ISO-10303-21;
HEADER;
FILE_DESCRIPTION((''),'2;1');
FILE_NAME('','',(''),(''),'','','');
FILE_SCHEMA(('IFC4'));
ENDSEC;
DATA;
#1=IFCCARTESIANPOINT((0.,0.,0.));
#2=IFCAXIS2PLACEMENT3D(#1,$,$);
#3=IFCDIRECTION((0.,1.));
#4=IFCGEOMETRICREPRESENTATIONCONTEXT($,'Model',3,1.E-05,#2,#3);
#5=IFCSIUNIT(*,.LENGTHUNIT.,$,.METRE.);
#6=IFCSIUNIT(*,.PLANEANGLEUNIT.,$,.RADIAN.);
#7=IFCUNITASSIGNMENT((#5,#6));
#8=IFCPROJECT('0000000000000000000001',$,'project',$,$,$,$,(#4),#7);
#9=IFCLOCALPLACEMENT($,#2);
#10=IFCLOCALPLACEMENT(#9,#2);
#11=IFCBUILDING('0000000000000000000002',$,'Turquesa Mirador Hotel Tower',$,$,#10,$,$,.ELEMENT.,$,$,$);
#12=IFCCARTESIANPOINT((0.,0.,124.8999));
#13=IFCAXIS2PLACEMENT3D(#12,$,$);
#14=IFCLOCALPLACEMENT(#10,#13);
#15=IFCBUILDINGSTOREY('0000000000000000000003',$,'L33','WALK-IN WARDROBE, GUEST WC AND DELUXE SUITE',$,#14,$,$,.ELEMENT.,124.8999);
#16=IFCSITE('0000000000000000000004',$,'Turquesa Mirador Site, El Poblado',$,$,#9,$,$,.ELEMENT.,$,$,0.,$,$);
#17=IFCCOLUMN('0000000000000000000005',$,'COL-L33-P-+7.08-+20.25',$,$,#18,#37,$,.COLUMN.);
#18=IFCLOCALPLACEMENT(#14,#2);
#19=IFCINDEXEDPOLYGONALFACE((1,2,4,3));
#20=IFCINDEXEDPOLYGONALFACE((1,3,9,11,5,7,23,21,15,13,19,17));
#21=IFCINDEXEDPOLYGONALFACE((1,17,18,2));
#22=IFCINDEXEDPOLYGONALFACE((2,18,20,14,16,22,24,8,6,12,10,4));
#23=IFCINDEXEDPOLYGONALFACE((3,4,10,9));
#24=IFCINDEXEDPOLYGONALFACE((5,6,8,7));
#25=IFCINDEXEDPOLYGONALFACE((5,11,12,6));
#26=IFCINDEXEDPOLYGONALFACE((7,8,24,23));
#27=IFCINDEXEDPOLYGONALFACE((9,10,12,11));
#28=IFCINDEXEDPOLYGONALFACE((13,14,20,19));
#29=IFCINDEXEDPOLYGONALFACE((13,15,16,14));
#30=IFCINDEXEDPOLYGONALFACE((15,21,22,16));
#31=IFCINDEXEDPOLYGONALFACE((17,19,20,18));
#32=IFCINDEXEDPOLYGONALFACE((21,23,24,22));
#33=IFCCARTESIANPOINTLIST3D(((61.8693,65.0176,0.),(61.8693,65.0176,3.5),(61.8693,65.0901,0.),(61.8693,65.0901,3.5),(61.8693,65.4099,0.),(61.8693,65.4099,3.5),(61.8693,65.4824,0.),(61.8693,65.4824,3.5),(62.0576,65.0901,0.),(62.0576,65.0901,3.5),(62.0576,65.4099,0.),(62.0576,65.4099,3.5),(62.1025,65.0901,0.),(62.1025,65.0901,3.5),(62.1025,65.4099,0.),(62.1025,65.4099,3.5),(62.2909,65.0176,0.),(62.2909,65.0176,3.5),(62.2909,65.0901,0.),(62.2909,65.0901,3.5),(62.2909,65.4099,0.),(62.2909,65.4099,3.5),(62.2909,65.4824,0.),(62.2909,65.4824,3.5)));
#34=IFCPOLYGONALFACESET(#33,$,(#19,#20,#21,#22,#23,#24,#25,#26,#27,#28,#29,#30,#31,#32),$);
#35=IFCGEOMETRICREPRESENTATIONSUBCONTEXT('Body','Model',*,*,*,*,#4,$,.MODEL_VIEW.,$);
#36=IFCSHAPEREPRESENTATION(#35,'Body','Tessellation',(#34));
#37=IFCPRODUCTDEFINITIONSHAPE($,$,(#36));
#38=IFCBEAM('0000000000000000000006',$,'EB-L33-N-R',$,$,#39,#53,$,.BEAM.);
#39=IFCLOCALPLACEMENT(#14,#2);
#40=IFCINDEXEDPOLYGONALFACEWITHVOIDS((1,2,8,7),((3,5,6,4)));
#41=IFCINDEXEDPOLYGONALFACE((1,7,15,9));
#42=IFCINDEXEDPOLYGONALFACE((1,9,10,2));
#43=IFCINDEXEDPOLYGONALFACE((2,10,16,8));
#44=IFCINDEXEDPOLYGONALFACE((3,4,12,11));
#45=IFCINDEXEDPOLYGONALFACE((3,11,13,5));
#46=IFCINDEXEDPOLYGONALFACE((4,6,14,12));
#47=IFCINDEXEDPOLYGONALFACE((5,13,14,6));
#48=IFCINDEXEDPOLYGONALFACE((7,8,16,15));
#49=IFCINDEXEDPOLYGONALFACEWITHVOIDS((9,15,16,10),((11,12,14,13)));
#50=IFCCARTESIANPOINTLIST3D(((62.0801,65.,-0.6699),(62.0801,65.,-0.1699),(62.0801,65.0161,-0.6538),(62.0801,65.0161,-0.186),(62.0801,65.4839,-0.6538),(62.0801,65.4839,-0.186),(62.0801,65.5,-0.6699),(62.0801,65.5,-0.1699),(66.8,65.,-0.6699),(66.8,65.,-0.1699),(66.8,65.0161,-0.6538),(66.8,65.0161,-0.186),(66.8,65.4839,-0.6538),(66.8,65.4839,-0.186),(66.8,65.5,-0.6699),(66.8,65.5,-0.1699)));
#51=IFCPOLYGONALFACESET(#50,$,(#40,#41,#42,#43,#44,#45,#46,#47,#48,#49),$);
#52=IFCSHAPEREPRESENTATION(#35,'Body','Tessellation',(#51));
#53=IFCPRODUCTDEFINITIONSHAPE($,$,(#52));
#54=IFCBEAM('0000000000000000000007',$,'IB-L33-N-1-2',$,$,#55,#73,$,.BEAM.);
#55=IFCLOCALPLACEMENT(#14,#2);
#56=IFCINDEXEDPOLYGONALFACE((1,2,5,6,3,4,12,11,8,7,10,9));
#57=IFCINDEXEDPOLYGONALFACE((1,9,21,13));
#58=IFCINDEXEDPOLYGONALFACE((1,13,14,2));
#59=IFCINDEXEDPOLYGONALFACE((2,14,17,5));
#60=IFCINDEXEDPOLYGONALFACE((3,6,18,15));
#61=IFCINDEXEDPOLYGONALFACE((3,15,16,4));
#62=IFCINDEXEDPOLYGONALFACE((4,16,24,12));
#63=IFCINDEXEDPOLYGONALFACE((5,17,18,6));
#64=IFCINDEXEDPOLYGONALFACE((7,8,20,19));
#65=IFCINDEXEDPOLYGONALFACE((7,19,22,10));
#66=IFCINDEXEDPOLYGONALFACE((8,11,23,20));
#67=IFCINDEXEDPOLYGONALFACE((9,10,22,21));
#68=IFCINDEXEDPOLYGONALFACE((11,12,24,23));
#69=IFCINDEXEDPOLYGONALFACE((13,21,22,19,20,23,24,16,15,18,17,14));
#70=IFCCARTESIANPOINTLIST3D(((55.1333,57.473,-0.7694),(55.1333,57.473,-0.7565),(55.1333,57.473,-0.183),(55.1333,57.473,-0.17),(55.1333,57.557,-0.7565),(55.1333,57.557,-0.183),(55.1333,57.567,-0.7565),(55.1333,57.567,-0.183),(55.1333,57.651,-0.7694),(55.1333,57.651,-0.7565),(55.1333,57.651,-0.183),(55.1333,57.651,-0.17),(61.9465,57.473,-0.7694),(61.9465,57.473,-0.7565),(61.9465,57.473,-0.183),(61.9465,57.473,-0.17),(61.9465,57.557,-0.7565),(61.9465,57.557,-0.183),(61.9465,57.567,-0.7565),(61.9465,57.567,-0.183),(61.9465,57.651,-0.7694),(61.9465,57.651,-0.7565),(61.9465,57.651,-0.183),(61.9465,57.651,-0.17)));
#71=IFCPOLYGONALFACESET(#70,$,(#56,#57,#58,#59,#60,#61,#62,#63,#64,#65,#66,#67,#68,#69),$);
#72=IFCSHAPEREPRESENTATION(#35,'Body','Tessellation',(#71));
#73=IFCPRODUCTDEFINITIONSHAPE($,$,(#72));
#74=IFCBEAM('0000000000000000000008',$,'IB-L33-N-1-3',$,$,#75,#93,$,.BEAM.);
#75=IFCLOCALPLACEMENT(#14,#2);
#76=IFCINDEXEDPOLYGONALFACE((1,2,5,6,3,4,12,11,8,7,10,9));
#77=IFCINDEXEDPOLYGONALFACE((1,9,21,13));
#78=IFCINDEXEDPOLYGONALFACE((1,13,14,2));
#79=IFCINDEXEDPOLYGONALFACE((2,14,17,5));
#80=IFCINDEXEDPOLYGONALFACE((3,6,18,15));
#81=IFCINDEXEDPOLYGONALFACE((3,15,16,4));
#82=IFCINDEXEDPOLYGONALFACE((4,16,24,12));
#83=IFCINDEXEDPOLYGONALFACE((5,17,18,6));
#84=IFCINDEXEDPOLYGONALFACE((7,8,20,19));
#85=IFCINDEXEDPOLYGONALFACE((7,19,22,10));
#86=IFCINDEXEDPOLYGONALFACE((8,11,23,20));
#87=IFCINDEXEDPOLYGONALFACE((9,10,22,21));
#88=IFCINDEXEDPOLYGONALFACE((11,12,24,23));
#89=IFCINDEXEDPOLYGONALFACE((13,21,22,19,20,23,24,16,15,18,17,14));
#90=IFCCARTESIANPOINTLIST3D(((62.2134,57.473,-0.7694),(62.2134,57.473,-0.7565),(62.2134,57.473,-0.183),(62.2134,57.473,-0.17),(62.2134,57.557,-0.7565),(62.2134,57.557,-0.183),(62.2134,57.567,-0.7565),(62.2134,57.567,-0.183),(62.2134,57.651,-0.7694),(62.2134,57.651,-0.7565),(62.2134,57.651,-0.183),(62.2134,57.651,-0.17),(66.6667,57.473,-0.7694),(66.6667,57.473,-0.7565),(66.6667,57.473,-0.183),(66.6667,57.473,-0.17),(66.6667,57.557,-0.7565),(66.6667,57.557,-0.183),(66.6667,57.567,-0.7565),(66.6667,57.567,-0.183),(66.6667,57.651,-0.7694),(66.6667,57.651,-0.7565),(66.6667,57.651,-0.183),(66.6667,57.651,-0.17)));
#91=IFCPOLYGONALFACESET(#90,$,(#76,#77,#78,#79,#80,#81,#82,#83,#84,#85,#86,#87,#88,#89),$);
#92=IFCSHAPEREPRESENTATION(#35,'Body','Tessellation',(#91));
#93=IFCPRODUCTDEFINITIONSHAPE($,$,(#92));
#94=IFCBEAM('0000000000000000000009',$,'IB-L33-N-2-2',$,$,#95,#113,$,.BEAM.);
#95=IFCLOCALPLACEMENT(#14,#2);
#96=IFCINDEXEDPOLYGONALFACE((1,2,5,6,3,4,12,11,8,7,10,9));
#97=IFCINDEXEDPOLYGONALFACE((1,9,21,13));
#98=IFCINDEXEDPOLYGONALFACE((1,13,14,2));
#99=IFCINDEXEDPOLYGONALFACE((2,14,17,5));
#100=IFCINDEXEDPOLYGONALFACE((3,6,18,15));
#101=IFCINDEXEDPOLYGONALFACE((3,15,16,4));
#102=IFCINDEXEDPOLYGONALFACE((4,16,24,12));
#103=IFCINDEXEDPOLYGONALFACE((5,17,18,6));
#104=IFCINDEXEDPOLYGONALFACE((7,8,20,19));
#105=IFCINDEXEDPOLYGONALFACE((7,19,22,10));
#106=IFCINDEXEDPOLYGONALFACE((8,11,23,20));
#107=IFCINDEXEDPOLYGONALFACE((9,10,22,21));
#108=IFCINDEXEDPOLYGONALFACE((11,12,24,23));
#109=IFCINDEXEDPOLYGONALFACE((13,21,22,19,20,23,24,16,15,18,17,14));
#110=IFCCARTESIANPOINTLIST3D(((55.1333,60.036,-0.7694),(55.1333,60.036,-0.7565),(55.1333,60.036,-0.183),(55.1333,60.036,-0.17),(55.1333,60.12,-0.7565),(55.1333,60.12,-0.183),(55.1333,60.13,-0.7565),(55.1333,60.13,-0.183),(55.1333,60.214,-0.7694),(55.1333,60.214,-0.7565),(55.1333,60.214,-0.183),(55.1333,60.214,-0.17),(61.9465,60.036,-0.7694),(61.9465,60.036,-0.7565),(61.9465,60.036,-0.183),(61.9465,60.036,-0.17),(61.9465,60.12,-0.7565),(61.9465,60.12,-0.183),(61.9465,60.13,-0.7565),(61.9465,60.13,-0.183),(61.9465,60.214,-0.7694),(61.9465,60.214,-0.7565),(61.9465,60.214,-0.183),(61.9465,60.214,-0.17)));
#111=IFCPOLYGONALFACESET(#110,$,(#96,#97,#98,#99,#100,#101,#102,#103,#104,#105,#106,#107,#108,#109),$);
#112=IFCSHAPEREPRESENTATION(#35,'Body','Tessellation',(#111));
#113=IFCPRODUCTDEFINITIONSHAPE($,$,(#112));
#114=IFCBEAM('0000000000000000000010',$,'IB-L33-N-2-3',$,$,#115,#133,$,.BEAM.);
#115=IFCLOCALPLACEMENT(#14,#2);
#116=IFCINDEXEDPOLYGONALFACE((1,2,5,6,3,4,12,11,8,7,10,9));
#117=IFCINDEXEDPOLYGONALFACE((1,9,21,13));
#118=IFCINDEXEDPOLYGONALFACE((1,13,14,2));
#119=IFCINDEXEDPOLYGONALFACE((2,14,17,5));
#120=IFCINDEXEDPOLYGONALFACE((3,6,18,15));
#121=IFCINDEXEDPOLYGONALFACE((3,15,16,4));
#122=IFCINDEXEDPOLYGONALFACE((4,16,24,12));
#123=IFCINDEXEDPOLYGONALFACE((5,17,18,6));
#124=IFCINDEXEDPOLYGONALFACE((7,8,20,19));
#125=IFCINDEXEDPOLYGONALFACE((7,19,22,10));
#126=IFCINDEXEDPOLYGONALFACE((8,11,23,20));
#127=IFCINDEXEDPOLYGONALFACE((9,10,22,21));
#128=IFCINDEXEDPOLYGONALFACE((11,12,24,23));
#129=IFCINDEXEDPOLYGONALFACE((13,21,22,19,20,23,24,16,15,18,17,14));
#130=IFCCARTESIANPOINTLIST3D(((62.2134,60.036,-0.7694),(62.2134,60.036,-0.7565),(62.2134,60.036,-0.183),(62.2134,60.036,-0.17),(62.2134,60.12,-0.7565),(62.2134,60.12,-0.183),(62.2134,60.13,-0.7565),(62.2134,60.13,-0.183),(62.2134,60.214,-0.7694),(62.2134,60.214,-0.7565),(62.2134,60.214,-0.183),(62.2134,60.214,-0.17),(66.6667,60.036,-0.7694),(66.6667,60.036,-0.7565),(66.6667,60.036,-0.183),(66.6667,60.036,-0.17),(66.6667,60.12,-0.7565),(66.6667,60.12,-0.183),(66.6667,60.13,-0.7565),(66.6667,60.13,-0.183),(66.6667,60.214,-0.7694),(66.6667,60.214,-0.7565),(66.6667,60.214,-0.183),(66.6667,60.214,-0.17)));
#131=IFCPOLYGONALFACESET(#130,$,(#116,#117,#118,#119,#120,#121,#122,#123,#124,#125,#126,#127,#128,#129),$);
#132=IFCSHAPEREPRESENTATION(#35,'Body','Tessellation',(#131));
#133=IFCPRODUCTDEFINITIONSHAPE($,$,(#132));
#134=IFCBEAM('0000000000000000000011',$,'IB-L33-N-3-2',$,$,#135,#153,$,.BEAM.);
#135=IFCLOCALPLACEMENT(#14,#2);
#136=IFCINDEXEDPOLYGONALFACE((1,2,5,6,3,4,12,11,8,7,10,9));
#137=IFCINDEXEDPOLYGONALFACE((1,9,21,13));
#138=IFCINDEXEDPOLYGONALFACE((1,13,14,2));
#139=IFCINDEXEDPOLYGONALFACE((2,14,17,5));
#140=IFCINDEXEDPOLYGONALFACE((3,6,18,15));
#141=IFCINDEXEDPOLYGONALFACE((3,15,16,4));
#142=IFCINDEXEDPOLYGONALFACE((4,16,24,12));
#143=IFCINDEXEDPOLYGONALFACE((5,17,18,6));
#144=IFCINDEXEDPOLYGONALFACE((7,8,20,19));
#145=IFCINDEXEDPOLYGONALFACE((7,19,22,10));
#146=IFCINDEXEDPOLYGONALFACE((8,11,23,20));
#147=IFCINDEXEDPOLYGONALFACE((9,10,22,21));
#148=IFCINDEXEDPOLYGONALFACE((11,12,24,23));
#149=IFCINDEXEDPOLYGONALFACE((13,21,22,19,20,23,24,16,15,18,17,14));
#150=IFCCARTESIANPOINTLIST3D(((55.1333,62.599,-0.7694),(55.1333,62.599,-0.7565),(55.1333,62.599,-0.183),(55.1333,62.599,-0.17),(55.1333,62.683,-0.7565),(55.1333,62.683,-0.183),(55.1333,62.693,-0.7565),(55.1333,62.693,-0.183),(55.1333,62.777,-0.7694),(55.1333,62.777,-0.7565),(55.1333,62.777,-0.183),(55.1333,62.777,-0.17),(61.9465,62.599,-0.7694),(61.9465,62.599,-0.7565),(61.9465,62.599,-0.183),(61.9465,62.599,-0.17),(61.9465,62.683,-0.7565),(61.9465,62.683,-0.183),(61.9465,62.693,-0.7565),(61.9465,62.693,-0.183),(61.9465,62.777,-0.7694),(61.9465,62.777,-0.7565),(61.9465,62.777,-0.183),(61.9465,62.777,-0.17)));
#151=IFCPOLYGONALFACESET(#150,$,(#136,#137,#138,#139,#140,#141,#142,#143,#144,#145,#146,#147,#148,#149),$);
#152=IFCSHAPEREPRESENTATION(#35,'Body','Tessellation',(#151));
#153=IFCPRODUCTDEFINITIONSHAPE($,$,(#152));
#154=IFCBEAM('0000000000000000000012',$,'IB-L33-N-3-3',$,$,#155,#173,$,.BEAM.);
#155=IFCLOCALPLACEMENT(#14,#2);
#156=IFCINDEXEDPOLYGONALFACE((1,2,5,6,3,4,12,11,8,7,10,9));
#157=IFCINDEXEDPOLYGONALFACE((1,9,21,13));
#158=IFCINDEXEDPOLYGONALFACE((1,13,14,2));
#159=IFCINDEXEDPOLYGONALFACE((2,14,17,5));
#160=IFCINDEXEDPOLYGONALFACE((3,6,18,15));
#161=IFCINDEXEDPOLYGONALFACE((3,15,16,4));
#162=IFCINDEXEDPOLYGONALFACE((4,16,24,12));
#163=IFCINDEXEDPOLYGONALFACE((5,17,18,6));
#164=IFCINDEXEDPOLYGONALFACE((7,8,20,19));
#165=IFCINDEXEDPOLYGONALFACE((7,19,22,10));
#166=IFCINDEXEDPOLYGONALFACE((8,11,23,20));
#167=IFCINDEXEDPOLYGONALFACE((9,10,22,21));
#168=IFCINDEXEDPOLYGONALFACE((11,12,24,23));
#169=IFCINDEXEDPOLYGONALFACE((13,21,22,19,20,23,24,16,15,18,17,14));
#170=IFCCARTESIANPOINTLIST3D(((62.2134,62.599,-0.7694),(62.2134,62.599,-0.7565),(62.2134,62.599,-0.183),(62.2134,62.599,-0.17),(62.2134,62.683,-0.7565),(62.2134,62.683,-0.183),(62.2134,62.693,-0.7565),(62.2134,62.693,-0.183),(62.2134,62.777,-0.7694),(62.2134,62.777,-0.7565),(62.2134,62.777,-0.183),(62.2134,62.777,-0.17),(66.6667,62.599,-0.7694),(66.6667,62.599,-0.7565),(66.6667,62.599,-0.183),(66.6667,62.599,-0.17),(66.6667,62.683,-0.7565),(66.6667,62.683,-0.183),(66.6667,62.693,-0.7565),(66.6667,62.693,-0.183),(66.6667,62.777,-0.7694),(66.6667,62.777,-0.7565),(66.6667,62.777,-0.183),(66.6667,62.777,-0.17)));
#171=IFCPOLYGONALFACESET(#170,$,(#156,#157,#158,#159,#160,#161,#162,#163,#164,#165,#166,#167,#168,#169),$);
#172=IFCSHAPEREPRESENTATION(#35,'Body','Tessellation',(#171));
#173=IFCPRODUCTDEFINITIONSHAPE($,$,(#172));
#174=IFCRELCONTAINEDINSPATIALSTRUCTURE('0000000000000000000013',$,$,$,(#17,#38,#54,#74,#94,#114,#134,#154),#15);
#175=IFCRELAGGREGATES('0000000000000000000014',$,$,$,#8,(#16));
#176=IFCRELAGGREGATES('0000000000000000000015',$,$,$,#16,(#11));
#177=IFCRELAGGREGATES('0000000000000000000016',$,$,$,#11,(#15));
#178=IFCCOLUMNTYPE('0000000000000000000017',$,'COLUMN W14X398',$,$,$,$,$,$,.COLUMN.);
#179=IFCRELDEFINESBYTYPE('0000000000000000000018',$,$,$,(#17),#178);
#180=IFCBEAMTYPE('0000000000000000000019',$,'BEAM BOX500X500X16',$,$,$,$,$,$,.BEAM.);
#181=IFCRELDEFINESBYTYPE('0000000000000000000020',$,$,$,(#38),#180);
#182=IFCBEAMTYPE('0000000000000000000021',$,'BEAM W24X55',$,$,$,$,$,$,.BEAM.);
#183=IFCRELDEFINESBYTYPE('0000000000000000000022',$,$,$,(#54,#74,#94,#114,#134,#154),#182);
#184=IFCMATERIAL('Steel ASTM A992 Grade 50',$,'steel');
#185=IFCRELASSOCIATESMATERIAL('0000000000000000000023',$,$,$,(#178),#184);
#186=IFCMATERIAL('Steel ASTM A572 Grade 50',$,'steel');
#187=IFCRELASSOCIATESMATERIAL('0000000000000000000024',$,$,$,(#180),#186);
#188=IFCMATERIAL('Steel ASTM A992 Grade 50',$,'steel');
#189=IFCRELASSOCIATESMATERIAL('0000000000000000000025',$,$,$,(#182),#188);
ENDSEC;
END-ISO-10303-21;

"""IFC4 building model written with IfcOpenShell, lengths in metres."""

from ifc_helpers import new_model, si_unit, direction, frame, origin, origin_2d, place, context, subcontext, project, spatial, hollow_rectangle, i_section, extrude, material, material_profile, profile_set, type_object, element, save


model = new_model("IFC4")

# Units and contexts
model_context = context("Model", 3, precision=1e-05, world=origin(), true_north=direction((0.0, 1.0)))
body_context = subcontext(model_context, "Body", "Model", "MODEL_VIEW")
ifc_project = project(units=[si_unit("LENGTHUNIT", "METRE"), si_unit("PLANEANGLEUNIT", "RADIAN")], contexts=[model_context])

# Site, building, storey
site_placement = place(None, origin())
site = spatial("IfcSite", under=ifc_project, at=site_placement, Name="Turquesa Mirador Site, El Poblado", CompositionType="ELEMENT", RefElevation=0.0)
building_placement = place(site_placement, origin())
building = spatial("IfcBuilding", under=site, at=building_placement, Name="Turquesa Mirador Hotel Tower", CompositionType="ELEMENT")
storey_placement = place(building_placement, frame((0.0, 0.0, 124.8999)))
storey = spatial("IfcBuildingStorey", under=building, at=storey_placement, Name="L33", Description="WALK-IN WARDROBE, GUEST WC AND DELUXE SUITE", CompositionType="ELEMENT", Elevation=124.8999)

# Column
ifc_material_1 = material(Name="Steel ASTM A992 Grade 50", Category="steel")
ifc_material_profile_1 = material_profile(ifc_material_1, i_section(OverallWidth=0.4216, OverallDepth=0.4648, WebThickness=0.0449, FlangeThickness=0.0725, at=origin_2d()), Name="W14X398")
ifc_profile_set_1 = profile_set([ifc_material_profile_1], Name="Steel ASTM A992 Grade 50")
column_type = type_object("IfcColumnType", Name="COLUMN W14X398", PredefinedType="COLUMN", material=ifc_profile_set_1)
column_placement = place(storey_placement, frame((62.0801, 65.25, 0.0), z_axis=(0.0, 0.0, 1.0), x_axis=(1.0, 0.0, 0.0)))
element("IfcColumn", 1, at=column_placement, inside=storey, type_object=column_type, Name="COL-L33-P-+7.08-+20.25", PredefinedType="COLUMN", context=body_context, shape_type="SweptSolid", body=[
    extrude(i_section(OverallWidth=0.4216, OverallDepth=0.4648, WebThickness=0.0449, FlangeThickness=0.0725, at=origin_2d()), origin(), (0.0, 0.0, 1.0), 3.5),
])

# Beams
ifc_material_2 = material(Name="Steel ASTM A572 Grade 50", Category="steel")
ifc_material_profile_2 = material_profile(ifc_material_2, hollow_rectangle(XDim=0.5, YDim=0.5, WallThickness=0.0161, at=origin_2d()), Name="BOX500X500X16")
ifc_profile_set_2 = profile_set([ifc_material_profile_2], Name="Steel ASTM A572 Grade 50")
beam_type_1 = type_object("IfcBeamType", Name="BEAM BOX500X500X16", PredefinedType="BEAM", material=ifc_profile_set_2)
beam_1_placement = place(storey_placement, frame((62.0801, 65.25, -0.4199), z_axis=(1.0, 0.0, 0.0), x_axis=(0.0, 1.0, 0.0)))
element("IfcBeam", 2, at=beam_1_placement, inside=storey, type_object=beam_type_1, Name="EB-L33-N-R", PredefinedType="BEAM", context=body_context, shape_type="SweptSolid", body=[
    extrude(hollow_rectangle(XDim=0.5, YDim=0.5, WallThickness=0.0161, at=origin_2d()), origin(), (0.0, 0.0, 1.0), 4.72),
])
ifc_material_3 = material(Name="Steel ASTM A992 Grade 50", Category="steel")
ifc_material_profile_3 = material_profile(ifc_material_3, i_section(OverallWidth=0.178, OverallDepth=0.5994, WebThickness=0.01, FlangeThickness=0.0129, at=origin_2d()), Name="W24X55")
ifc_profile_set_3 = profile_set([ifc_material_profile_3], Name="Steel ASTM A992 Grade 50")
beam_type_2 = type_object("IfcBeamType", Name="BEAM W24X55", PredefinedType="BEAM", material=ifc_profile_set_3)
beam_2_placement = place(storey_placement, frame((55.1333, 57.562, -0.4697), z_axis=(1.0, 0.0, 0.0), x_axis=(0.0, 1.0, 0.0)))
element("IfcBeam", 3, at=beam_2_placement, inside=storey, type_object=beam_type_2, Name="IB-L33-N-1-2", PredefinedType="BEAM", context=body_context, shape_type="SweptSolid", body=[
    extrude(i_section(OverallWidth=0.178, OverallDepth=0.5994, WebThickness=0.01, FlangeThickness=0.0129, at=origin_2d()), origin(), (0.0, 0.0, 1.0), 6.8132),
])
beam_3_placement = place(storey_placement, frame((62.2134, 57.562, -0.4697), z_axis=(1.0, 0.0, 0.0), x_axis=(0.0, 1.0, 0.0)))
element("IfcBeam", 4, at=beam_3_placement, inside=storey, type_object=beam_type_2, Name="IB-L33-N-1-3", PredefinedType="BEAM", context=body_context, shape_type="SweptSolid", body=[
    extrude(i_section(OverallWidth=0.178, OverallDepth=0.5994, WebThickness=0.01, FlangeThickness=0.0129, at=origin_2d()), origin(), (0.0, 0.0, 1.0), 4.4534),
])
beam_4_placement = place(storey_placement, frame((55.1333, 60.125, -0.4697), z_axis=(1.0, 0.0, 0.0), x_axis=(0.0, 1.0, 0.0)))
element("IfcBeam", 5, at=beam_4_placement, inside=storey, type_object=beam_type_2, Name="IB-L33-N-2-2", PredefinedType="BEAM", context=body_context, shape_type="SweptSolid", body=[
    extrude(i_section(OverallWidth=0.178, OverallDepth=0.5994, WebThickness=0.01, FlangeThickness=0.0129, at=origin_2d()), origin(), (0.0, 0.0, 1.0), 6.8132),
])
beam_5_placement = place(storey_placement, frame((62.2134, 60.125, -0.4697), z_axis=(1.0, 0.0, 0.0), x_axis=(0.0, 1.0, 0.0)))
element("IfcBeam", 6, at=beam_5_placement, inside=storey, type_object=beam_type_2, Name="IB-L33-N-2-3", PredefinedType="BEAM", context=body_context, shape_type="SweptSolid", body=[
    extrude(i_section(OverallWidth=0.178, OverallDepth=0.5994, WebThickness=0.01, FlangeThickness=0.0129, at=origin_2d()), origin(), (0.0, 0.0, 1.0), 4.4534),
])
beam_6_placement = place(storey_placement, frame((55.1333, 62.688, -0.4697), z_axis=(1.0, 0.0, 0.0), x_axis=(0.0, 1.0, 0.0)))
element("IfcBeam", 7, at=beam_6_placement, inside=storey, type_object=beam_type_2, Name="IB-L33-N-3-2", PredefinedType="BEAM", context=body_context, shape_type="SweptSolid", body=[
    extrude(i_section(OverallWidth=0.178, OverallDepth=0.5994, WebThickness=0.01, FlangeThickness=0.0129, at=origin_2d()), origin(), (0.0, 0.0, 1.0), 6.8132),
])
beam_7_placement = place(storey_placement, frame((62.2134, 62.688, -0.4697), z_axis=(1.0, 0.0, 0.0), x_axis=(0.0, 1.0, 0.0)))
element("IfcBeam", 8, at=beam_7_placement, inside=storey, type_object=beam_type_2, Name="IB-L33-N-3-3", PredefinedType="BEAM", context=body_context, shape_type="SweptSolid", body=[
    extrude(i_section(OverallWidth=0.178, OverallDepth=0.5994, WebThickness=0.01, FlangeThickness=0.0129, at=origin_2d()), origin(), (0.0, 0.0, 1.0), 4.4534),
])

save(model, "model.ifc")
